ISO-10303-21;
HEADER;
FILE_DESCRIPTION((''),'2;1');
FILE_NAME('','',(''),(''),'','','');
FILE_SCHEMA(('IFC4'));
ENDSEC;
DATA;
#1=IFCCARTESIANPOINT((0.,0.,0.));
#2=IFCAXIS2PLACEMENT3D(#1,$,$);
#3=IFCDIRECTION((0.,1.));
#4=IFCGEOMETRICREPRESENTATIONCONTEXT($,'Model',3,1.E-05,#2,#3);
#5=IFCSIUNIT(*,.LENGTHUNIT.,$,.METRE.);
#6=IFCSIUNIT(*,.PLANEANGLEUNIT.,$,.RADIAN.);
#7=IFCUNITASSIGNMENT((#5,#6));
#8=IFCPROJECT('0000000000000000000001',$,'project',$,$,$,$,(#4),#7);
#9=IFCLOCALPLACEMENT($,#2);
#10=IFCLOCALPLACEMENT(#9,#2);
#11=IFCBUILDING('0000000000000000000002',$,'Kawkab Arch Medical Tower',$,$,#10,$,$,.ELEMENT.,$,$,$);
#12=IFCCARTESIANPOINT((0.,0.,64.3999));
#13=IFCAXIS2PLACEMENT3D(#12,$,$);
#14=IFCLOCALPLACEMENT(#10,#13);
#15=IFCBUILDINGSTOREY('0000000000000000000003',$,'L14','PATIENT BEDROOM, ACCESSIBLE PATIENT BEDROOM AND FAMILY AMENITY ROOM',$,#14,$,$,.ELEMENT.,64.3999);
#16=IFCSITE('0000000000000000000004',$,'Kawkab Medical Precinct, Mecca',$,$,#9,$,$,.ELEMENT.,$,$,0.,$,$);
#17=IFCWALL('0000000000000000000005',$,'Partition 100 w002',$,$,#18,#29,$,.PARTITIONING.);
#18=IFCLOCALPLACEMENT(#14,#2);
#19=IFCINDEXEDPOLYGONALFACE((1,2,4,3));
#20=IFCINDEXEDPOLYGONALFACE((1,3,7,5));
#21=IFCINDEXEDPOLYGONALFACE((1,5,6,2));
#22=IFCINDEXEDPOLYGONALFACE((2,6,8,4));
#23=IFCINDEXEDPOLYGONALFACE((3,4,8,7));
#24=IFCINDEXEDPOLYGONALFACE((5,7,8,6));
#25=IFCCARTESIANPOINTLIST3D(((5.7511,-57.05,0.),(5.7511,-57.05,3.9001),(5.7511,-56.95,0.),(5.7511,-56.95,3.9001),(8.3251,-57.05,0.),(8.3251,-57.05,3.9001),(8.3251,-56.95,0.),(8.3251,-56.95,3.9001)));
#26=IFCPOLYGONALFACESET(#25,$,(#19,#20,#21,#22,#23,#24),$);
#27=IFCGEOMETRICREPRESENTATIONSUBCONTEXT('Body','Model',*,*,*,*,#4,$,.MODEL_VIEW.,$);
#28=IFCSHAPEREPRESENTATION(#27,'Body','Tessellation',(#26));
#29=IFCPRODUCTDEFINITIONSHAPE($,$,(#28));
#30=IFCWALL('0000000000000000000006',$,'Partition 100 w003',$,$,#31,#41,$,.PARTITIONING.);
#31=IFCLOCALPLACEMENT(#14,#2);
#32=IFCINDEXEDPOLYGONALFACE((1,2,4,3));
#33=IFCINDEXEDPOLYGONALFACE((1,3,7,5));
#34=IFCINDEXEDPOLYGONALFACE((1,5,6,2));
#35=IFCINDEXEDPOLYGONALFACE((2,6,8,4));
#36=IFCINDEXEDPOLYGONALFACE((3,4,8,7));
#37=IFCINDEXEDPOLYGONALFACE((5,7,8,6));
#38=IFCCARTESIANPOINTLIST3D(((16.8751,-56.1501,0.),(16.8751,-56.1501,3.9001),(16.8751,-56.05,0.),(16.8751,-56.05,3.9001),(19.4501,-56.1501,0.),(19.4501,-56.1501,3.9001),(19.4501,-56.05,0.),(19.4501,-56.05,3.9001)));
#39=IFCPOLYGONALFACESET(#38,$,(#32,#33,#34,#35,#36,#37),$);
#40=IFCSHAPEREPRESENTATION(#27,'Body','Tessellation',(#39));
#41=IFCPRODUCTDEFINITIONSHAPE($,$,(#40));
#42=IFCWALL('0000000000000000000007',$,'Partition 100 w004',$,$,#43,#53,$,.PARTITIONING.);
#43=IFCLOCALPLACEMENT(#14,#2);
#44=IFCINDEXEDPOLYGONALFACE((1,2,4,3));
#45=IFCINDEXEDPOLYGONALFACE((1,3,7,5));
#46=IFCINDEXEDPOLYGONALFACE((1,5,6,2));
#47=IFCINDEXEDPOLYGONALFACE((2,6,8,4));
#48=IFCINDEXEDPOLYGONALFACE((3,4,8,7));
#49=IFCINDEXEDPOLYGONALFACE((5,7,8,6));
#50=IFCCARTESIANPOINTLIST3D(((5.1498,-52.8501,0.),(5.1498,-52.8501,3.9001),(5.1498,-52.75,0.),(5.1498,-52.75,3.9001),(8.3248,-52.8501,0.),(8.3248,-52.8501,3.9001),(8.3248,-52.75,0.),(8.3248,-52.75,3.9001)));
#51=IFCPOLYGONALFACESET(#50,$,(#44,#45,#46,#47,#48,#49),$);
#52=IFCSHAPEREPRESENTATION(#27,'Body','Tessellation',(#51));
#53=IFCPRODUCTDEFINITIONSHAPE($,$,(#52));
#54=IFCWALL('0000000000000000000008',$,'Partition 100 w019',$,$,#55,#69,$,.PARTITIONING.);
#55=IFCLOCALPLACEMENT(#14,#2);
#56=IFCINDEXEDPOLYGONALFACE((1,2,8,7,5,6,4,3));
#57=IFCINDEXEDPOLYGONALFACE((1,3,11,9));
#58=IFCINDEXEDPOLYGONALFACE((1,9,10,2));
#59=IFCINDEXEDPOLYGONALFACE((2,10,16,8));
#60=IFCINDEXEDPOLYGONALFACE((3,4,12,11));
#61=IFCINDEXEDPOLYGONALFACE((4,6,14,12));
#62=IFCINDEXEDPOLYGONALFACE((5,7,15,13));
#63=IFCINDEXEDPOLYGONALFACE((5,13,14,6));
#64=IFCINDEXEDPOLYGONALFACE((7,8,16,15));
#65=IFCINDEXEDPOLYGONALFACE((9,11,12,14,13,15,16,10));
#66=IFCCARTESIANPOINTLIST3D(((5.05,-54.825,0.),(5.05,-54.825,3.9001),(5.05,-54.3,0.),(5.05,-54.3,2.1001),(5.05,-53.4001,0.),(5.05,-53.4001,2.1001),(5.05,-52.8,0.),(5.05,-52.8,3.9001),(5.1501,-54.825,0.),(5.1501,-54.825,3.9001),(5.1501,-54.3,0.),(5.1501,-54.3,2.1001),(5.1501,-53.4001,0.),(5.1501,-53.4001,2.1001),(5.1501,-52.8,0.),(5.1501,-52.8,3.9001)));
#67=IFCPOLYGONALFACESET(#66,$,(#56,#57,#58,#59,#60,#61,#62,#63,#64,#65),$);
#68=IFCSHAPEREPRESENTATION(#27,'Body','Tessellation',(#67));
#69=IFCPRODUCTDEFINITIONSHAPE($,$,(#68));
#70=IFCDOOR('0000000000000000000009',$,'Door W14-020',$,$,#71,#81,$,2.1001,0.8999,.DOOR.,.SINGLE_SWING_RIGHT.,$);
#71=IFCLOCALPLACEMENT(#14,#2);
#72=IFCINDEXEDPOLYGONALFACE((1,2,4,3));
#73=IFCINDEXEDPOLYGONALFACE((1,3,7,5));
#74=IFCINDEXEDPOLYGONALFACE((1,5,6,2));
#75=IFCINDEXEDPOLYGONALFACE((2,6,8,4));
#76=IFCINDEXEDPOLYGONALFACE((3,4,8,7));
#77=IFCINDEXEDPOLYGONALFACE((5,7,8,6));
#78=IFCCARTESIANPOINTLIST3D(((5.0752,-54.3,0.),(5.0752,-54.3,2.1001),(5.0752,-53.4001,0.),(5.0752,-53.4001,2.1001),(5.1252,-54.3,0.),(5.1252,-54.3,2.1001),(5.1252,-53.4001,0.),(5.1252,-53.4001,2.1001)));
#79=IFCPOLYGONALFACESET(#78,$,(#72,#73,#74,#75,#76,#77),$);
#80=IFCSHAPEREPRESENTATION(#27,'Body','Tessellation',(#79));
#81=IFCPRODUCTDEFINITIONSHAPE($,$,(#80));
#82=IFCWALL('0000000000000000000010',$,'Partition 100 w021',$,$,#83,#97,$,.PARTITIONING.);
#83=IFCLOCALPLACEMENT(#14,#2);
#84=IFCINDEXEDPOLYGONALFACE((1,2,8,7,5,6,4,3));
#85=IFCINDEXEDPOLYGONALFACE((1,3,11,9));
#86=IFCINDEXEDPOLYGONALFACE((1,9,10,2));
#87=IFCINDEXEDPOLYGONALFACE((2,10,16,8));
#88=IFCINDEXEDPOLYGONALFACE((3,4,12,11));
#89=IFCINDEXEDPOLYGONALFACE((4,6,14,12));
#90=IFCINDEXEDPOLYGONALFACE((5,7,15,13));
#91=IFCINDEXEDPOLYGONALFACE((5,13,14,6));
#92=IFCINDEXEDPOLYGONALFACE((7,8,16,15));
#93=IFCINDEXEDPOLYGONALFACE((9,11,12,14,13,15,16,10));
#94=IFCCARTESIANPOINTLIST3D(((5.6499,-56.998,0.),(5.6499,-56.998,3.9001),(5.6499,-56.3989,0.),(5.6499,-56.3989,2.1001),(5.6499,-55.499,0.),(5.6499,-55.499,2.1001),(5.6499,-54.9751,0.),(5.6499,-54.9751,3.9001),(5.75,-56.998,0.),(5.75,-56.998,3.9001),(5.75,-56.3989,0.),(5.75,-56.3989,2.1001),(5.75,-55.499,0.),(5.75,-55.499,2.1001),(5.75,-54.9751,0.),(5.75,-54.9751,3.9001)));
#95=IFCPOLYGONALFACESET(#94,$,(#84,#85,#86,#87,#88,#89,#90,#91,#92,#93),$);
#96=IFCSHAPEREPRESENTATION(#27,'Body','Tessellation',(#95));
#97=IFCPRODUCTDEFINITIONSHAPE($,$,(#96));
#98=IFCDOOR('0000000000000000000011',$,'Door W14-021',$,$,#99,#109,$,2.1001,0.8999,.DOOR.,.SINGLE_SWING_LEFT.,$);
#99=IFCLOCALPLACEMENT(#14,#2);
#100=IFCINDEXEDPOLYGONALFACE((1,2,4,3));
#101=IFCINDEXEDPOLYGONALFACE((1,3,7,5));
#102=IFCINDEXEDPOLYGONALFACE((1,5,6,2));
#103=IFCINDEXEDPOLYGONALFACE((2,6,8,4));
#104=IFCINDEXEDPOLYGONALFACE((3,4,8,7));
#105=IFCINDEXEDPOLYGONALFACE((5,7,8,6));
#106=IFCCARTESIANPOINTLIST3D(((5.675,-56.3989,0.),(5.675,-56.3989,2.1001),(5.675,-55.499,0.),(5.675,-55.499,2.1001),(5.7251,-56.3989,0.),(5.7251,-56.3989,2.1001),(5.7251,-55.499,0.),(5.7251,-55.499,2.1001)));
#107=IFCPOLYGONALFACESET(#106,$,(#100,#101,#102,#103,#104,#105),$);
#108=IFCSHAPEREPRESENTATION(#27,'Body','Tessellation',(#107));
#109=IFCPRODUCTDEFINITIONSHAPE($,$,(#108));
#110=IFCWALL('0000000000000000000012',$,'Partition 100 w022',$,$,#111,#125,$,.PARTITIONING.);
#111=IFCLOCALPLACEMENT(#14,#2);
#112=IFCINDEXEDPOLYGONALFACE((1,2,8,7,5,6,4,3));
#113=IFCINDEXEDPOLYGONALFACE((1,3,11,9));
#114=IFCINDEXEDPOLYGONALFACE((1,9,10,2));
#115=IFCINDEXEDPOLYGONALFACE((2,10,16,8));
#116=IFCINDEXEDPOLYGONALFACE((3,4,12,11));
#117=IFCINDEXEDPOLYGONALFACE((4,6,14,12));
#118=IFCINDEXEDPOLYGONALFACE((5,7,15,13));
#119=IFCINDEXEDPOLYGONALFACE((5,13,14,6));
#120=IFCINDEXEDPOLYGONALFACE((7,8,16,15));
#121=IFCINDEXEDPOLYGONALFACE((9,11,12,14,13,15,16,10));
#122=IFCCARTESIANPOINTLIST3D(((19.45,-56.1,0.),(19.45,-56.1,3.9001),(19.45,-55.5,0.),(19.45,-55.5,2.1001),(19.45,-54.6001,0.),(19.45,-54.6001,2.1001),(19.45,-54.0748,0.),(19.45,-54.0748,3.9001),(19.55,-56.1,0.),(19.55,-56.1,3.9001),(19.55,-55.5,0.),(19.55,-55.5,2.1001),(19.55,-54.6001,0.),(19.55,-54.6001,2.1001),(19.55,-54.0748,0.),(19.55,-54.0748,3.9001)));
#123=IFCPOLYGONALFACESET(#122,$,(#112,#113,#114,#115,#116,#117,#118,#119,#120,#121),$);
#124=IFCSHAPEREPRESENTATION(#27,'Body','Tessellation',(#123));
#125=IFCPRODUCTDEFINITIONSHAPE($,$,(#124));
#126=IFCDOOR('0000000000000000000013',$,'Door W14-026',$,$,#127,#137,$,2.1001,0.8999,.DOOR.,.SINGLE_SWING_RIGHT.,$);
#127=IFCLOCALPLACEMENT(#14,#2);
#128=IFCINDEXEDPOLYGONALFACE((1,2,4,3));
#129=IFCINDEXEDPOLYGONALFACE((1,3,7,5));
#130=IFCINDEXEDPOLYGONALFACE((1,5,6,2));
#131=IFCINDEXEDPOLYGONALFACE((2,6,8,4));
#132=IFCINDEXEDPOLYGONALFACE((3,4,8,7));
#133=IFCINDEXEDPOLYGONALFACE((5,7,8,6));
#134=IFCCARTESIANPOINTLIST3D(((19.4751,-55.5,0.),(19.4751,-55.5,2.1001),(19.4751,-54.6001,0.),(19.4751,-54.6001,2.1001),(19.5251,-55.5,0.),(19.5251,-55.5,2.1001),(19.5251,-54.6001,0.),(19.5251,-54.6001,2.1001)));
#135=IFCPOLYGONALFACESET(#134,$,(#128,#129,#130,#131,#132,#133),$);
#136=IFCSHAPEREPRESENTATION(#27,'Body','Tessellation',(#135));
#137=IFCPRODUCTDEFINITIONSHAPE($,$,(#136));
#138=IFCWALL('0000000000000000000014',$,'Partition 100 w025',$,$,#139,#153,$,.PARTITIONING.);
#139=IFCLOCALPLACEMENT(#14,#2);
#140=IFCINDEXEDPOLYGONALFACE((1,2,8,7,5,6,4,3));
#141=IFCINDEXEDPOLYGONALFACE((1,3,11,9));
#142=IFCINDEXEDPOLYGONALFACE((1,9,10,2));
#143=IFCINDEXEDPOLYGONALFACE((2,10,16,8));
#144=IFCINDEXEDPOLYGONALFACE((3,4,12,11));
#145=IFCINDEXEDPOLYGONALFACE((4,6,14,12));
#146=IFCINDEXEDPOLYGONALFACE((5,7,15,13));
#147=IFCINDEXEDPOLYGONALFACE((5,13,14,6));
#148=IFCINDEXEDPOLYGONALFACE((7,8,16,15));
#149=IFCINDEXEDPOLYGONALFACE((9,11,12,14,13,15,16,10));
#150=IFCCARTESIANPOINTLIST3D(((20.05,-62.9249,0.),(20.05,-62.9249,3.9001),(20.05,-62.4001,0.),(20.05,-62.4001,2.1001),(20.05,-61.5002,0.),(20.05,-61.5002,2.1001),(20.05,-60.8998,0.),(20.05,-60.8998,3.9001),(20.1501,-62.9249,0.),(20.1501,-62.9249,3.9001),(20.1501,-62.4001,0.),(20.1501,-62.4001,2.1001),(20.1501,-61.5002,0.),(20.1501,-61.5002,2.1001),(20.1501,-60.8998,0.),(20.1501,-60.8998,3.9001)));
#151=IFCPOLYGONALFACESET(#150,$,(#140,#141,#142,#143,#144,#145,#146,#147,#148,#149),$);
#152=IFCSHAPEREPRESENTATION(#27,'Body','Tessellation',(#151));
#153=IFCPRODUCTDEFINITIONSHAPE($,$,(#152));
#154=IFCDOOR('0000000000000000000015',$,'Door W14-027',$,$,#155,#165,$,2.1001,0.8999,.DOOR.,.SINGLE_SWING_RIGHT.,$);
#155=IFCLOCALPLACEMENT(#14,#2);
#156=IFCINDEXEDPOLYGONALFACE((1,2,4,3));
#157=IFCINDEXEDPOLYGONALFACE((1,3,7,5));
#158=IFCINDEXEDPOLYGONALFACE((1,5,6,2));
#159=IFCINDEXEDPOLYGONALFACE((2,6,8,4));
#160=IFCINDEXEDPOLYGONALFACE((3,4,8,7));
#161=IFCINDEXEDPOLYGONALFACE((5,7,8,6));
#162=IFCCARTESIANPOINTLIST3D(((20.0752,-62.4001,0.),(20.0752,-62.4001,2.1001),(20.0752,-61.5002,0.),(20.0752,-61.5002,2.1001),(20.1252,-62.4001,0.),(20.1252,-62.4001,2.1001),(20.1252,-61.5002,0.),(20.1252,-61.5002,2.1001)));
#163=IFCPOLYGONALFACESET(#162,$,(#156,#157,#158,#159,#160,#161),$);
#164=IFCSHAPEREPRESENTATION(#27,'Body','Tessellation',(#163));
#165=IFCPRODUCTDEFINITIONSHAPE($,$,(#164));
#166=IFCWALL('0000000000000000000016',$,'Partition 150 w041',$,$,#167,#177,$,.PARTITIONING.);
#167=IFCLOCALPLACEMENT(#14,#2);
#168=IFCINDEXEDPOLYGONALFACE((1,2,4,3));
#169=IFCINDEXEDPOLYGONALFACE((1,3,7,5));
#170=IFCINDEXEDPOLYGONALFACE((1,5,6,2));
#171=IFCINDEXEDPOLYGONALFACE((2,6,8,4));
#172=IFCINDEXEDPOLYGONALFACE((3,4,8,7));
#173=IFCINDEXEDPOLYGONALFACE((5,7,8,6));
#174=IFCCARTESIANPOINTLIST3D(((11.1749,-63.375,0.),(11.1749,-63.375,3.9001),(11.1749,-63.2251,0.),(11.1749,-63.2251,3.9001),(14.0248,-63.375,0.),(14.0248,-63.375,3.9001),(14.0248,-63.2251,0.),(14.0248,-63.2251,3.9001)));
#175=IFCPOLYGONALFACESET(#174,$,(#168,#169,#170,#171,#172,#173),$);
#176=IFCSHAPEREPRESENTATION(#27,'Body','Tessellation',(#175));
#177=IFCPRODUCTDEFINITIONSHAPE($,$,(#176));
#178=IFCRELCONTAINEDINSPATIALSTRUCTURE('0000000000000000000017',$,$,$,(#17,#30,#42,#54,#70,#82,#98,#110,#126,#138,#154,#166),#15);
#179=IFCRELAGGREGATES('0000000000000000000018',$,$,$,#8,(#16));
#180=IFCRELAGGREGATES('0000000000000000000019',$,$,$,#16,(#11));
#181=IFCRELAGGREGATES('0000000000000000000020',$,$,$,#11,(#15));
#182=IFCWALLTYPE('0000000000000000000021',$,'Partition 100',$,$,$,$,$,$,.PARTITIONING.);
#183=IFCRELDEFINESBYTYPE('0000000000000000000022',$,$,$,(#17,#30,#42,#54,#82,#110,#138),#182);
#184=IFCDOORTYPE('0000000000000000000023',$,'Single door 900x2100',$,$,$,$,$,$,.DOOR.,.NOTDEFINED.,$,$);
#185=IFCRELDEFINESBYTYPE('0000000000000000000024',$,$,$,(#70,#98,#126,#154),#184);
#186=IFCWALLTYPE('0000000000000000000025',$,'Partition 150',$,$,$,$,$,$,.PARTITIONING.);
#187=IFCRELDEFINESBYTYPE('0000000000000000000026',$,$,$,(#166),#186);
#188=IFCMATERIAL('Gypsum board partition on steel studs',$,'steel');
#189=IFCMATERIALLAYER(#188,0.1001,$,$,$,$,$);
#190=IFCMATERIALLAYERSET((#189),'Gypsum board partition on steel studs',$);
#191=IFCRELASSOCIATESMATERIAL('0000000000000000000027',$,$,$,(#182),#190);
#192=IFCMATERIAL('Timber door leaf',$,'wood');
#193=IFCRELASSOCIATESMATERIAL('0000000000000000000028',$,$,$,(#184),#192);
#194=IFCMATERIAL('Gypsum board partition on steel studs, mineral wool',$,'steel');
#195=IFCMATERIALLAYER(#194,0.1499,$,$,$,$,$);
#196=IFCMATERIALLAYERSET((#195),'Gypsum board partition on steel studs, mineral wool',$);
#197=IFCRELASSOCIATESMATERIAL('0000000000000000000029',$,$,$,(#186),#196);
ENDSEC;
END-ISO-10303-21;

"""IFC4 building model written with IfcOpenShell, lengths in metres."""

from ifc_helpers import new_model, si_unit, direction, frame, frame_2d, origin, place, context, subcontext, project, spatial, rectangle, extrude, material, layer, layer_set, type_object, element, fill, save


model = new_model("IFC4")

# Units and contexts
model_context = context("Model", 3, precision=1e-05, world=origin(), true_north=direction((0.0, 1.0)))
body_context = subcontext(model_context, "Body", "Model", "MODEL_VIEW")
ifc_project = project(units=[si_unit("LENGTHUNIT", "METRE"), si_unit("PLANEANGLEUNIT", "RADIAN")], contexts=[model_context])

# Site, building, storey
site_placement = place(None, origin())
site = spatial("IfcSite", under=ifc_project, at=site_placement, Name="Kawkab Medical Precinct, Mecca", CompositionType="ELEMENT", RefElevation=0.0)
building_placement = place(site_placement, origin())
building = spatial("IfcBuilding", under=site, at=building_placement, Name="Kawkab Arch Medical Tower", CompositionType="ELEMENT")
storey_placement = place(building_placement, frame((0.0, 0.0, 64.3999)))
storey = spatial("IfcBuildingStorey", under=building, at=storey_placement, Name="L14", Description="PATIENT BEDROOM, ACCESSIBLE PATIENT BEDROOM AND FAMILY AMENITY ROOM", CompositionType="ELEMENT", Elevation=64.3999)

# Walls
ifc_material_1 = material(Name="Gypsum board partition on steel studs", Category="steel")
ifc_layer_1 = layer(ifc_material_1, 0.1001)
ifc_layer_set_1 = layer_set([ifc_layer_1], Name="Gypsum board partition on steel studs")
wall_type_1 = type_object("IfcWallType", Name="Partition 100", PredefinedType="PARTITIONING", material=ifc_layer_set_1)
wall_1_placement = place(storey_placement, frame((5.751, -57.0, 0.0), z_axis=(0.0, 0.0, 1.0), x_axis=(1.0, 0.0, 0.0)))
element("IfcWall", 1, at=wall_1_placement, inside=storey, type_object=wall_type_1, Name="Partition 100 w002", PredefinedType="PARTITIONING", context=body_context, shape_type="SweptSolid", body=[
    extrude(rectangle(XDim=2.574, YDim=0.1001, at=frame_2d((1.2871, 0.0))), origin(), (0.0, 0.0, 1.0), 3.9001),
])
wall_2_placement = place(storey_placement, frame((16.875, -56.1001, 0.0), z_axis=(0.0, 0.0, 1.0), x_axis=(1.0, 0.0, 0.0)))
element("IfcWall", 2, at=wall_2_placement, inside=storey, type_object=wall_type_1, Name="Partition 100 w003", PredefinedType="PARTITIONING", context=body_context, shape_type="SweptSolid", body=[
    extrude(rectangle(XDim=2.575, YDim=0.1001, at=frame_2d((1.2876, 0.0))), origin(), (0.0, 0.0, 1.0), 3.9001),
])
wall_3_placement = place(storey_placement, frame((5.1499, -52.8, 0.0), z_axis=(0.0, 0.0, 1.0), x_axis=(1.0, 0.0, 0.0)))
element("IfcWall", 3, at=wall_3_placement, inside=storey, type_object=wall_type_1, Name="Partition 100 w004", PredefinedType="PARTITIONING", context=body_context, shape_type="SweptSolid", body=[
    extrude(rectangle(XDim=3.175, YDim=0.1001, at=frame_2d((1.5874, 0.0))), origin(), (0.0, 0.0, 1.0), 3.9001),
])

# Walls, openings, doors
wall_4_placement = place(storey_placement, frame((5.1001, -54.825, 0.0), z_axis=(0.0, 0.0, 1.0), x_axis=(0.0, 1.0, 0.0)))
wall_4 = element("IfcWall", 4, at=wall_4_placement, inside=storey, type_object=wall_type_1, Name="Partition 100 w019", PredefinedType="PARTITIONING", context=body_context, shape_type="SweptSolid", body=[
    extrude(rectangle(XDim=2.0249, YDim=0.1001, at=frame_2d((1.0125, 0.0))), origin(), (0.0, 0.0, 1.0), 3.9001),
])
opening_1_placement = place(wall_4_placement, frame((0.5249, 0.0, 0.0)))
opening_1 = element("IfcOpeningElement", 5, at=opening_1_placement, cuts=wall_4, PredefinedType="OPENING", context=body_context, shape_type="SweptSolid", body=[
    extrude(rectangle(XDim=0.8999, YDim=2.1001, at=frame_2d((0.45, 1.05))), frame((0.0, 0.0601, 0.0), z_axis=(0.0, -1.0, 0.0), x_axis=(1.0, 0.0, 0.0)), (0.0, 0.0, 1.0), 0.1201),
])
ifc_material_2 = material(Name="Timber door leaf", Category="wood")
door_type = type_object("IfcDoorType", Name="Single door 900x2100", OperationType="NOTDEFINED", PredefinedType="DOOR", material=ifc_material_2)
door_1_placement = place(opening_1_placement, origin())
door_1 = element("IfcDoor", 6, at=door_1_placement, inside=storey, type_object=door_type, Name="Door W14-020", OperationType="SINGLE_SWING_RIGHT", OverallHeight=2.1001, OverallWidth=0.8999, PredefinedType="DOOR", context=body_context, shape_type="SweptSolid", body=[
    extrude(rectangle(XDim=0.8999, YDim=2.1001, at=frame_2d((0.45, 1.05))), frame((0.0, 0.0249, 0.0), z_axis=(0.0, -1.0, 0.0), x_axis=(1.0, 0.0, 0.0)), (0.0, 0.0, 1.0), 0.05),
])
fill(opening_1, door_1)
wall_5_placement = place(storey_placement, frame((5.7, -56.998, 0.0), z_axis=(0.0, 0.0, 1.0), x_axis=(0.0, 1.0, 0.0)))
wall_5 = element("IfcWall", 7, at=wall_5_placement, inside=storey, type_object=wall_type_1, Name="Partition 100 w021", PredefinedType="PARTITIONING", context=body_context, shape_type="SweptSolid", body=[
    extrude(rectangle(XDim=2.0229, YDim=0.1001, at=frame_2d((1.0115, 0.0))), origin(), (0.0, 0.0, 1.0), 3.9001),
])
opening_2_placement = place(wall_5_placement, frame((0.5991, 0.0, 0.0)))
opening_2 = element("IfcOpeningElement", 8, at=opening_2_placement, cuts=wall_5, PredefinedType="OPENING", context=body_context, shape_type="SweptSolid", body=[
    extrude(rectangle(XDim=0.8999, YDim=2.1001, at=frame_2d((0.45, 1.05))), frame((0.0, 0.0601, 0.0), z_axis=(0.0, -1.0, 0.0), x_axis=(1.0, 0.0, 0.0)), (0.0, 0.0, 1.0), 0.1201),
])
door_2_placement = place(opening_2_placement, origin())
door_2 = element("IfcDoor", 9, at=door_2_placement, inside=storey, type_object=door_type, Name="Door W14-021", OperationType="SINGLE_SWING_LEFT", OverallHeight=2.1001, OverallWidth=0.8999, PredefinedType="DOOR", context=body_context, shape_type="SweptSolid", body=[
    extrude(rectangle(XDim=0.8999, YDim=2.1001, at=frame_2d((0.45, 1.05))), frame((0.0, 0.0249, 0.0), z_axis=(0.0, -1.0, 0.0), x_axis=(1.0, 0.0, 0.0)), (0.0, 0.0, 1.0), 0.05),
])
fill(opening_2, door_2)
wall_6_placement = place(storey_placement, frame((19.5, -56.1001, 0.0), z_axis=(0.0, 0.0, 1.0), x_axis=(0.0, 1.0, 0.0)))
wall_6 = element("IfcWall", 10, at=wall_6_placement, inside=storey, type_object=wall_type_1, Name="Partition 100 w022", PredefinedType="PARTITIONING", context=body_context, shape_type="SweptSolid", body=[
    extrude(rectangle(XDim=2.0251, YDim=0.1001, at=frame_2d((1.0127, 0.0))), origin(), (0.0, 0.0, 1.0), 3.9001),
])
opening_3_placement = place(wall_6_placement, frame((0.6001, 0.0, 0.0)))
opening_3 = element("IfcOpeningElement", 11, at=opening_3_placement, cuts=wall_6, PredefinedType="OPENING", context=body_context, shape_type="SweptSolid", body=[
    extrude(rectangle(XDim=0.8999, YDim=2.1001, at=frame_2d((0.45, 1.05))), frame((0.0, 0.0601, 0.0), z_axis=(0.0, -1.0, 0.0), x_axis=(1.0, 0.0, 0.0)), (0.0, 0.0, 1.0), 0.1201),
])
door_3_placement = place(opening_3_placement, origin())
door_3 = element("IfcDoor", 12, at=door_3_placement, inside=storey, type_object=door_type, Name="Door W14-026", OperationType="SINGLE_SWING_RIGHT", OverallHeight=2.1001, OverallWidth=0.8999, PredefinedType="DOOR", context=body_context, shape_type="SweptSolid", body=[
    extrude(rectangle(XDim=0.8999, YDim=2.1001, at=frame_2d((0.45, 1.05))), frame((0.0, 0.0249, 0.0), z_axis=(0.0, -1.0, 0.0), x_axis=(1.0, 0.0, 0.0)), (0.0, 0.0, 1.0), 0.05),
])
fill(opening_3, door_3)
wall_7_placement = place(storey_placement, frame((20.1001, -62.925, 0.0), z_axis=(0.0, 0.0, 1.0), x_axis=(0.0, 1.0, 0.0)))
wall_7 = element("IfcWall", 13, at=wall_7_placement, inside=storey, type_object=wall_type_1, Name="Partition 100 w025", PredefinedType="PARTITIONING", context=body_context, shape_type="SweptSolid", body=[
    extrude(rectangle(XDim=2.0251, YDim=0.1001, at=frame_2d((1.0127, 0.0))), origin(), (0.0, 0.0, 1.0), 3.9001),
])
opening_4_placement = place(wall_7_placement, frame((0.5249, 0.0, 0.0)))
opening_4 = element("IfcOpeningElement", 14, at=opening_4_placement, cuts=wall_7, PredefinedType="OPENING", context=body_context, shape_type="SweptSolid", body=[
    extrude(rectangle(XDim=0.8999, YDim=2.1001, at=frame_2d((0.45, 1.05))), frame((0.0, 0.0601, 0.0), z_axis=(0.0, -1.0, 0.0), x_axis=(1.0, 0.0, 0.0)), (0.0, 0.0, 1.0), 0.1201),
])
door_4_placement = place(opening_4_placement, origin())
door_4 = element("IfcDoor", 15, at=door_4_placement, inside=storey, type_object=door_type, Name="Door W14-027", OperationType="SINGLE_SWING_RIGHT", OverallHeight=2.1001, OverallWidth=0.8999, PredefinedType="DOOR", context=body_context, shape_type="SweptSolid", body=[
    extrude(rectangle(XDim=0.8999, YDim=2.1001, at=frame_2d((0.45, 1.05))), frame((0.0, 0.0249, 0.0), z_axis=(0.0, -1.0, 0.0), x_axis=(1.0, 0.0, 0.0)), (0.0, 0.0, 1.0), 0.05),
])
fill(opening_4, door_4)

# Wall
ifc_material_3 = material(Name="Gypsum board partition on steel studs, mineral wool", Category="steel")
ifc_layer_2 = layer(ifc_material_3, 0.1499)
ifc_layer_set_2 = layer_set([ifc_layer_2], Name="Gypsum board partition on steel studs, mineral wool")
wall_type_2 = type_object("IfcWallType", Name="Partition 150", PredefinedType="PARTITIONING", material=ifc_layer_set_2)
wall_8_placement = place(storey_placement, frame((11.175, -63.3, 0.0), z_axis=(0.0, 0.0, 1.0), x_axis=(1.0, 0.0, 0.0)))
element("IfcWall", 16, at=wall_8_placement, inside=storey, type_object=wall_type_2, Name="Partition 150 w041", PredefinedType="PARTITIONING", context=body_context, shape_type="SweptSolid", body=[
    extrude(rectangle(XDim=2.8499, YDim=0.1499, at=frame_2d((1.4248, 0.0))), origin(), (0.0, 0.0, 1.0), 3.9001),
])

save(model, "model.ifc")
